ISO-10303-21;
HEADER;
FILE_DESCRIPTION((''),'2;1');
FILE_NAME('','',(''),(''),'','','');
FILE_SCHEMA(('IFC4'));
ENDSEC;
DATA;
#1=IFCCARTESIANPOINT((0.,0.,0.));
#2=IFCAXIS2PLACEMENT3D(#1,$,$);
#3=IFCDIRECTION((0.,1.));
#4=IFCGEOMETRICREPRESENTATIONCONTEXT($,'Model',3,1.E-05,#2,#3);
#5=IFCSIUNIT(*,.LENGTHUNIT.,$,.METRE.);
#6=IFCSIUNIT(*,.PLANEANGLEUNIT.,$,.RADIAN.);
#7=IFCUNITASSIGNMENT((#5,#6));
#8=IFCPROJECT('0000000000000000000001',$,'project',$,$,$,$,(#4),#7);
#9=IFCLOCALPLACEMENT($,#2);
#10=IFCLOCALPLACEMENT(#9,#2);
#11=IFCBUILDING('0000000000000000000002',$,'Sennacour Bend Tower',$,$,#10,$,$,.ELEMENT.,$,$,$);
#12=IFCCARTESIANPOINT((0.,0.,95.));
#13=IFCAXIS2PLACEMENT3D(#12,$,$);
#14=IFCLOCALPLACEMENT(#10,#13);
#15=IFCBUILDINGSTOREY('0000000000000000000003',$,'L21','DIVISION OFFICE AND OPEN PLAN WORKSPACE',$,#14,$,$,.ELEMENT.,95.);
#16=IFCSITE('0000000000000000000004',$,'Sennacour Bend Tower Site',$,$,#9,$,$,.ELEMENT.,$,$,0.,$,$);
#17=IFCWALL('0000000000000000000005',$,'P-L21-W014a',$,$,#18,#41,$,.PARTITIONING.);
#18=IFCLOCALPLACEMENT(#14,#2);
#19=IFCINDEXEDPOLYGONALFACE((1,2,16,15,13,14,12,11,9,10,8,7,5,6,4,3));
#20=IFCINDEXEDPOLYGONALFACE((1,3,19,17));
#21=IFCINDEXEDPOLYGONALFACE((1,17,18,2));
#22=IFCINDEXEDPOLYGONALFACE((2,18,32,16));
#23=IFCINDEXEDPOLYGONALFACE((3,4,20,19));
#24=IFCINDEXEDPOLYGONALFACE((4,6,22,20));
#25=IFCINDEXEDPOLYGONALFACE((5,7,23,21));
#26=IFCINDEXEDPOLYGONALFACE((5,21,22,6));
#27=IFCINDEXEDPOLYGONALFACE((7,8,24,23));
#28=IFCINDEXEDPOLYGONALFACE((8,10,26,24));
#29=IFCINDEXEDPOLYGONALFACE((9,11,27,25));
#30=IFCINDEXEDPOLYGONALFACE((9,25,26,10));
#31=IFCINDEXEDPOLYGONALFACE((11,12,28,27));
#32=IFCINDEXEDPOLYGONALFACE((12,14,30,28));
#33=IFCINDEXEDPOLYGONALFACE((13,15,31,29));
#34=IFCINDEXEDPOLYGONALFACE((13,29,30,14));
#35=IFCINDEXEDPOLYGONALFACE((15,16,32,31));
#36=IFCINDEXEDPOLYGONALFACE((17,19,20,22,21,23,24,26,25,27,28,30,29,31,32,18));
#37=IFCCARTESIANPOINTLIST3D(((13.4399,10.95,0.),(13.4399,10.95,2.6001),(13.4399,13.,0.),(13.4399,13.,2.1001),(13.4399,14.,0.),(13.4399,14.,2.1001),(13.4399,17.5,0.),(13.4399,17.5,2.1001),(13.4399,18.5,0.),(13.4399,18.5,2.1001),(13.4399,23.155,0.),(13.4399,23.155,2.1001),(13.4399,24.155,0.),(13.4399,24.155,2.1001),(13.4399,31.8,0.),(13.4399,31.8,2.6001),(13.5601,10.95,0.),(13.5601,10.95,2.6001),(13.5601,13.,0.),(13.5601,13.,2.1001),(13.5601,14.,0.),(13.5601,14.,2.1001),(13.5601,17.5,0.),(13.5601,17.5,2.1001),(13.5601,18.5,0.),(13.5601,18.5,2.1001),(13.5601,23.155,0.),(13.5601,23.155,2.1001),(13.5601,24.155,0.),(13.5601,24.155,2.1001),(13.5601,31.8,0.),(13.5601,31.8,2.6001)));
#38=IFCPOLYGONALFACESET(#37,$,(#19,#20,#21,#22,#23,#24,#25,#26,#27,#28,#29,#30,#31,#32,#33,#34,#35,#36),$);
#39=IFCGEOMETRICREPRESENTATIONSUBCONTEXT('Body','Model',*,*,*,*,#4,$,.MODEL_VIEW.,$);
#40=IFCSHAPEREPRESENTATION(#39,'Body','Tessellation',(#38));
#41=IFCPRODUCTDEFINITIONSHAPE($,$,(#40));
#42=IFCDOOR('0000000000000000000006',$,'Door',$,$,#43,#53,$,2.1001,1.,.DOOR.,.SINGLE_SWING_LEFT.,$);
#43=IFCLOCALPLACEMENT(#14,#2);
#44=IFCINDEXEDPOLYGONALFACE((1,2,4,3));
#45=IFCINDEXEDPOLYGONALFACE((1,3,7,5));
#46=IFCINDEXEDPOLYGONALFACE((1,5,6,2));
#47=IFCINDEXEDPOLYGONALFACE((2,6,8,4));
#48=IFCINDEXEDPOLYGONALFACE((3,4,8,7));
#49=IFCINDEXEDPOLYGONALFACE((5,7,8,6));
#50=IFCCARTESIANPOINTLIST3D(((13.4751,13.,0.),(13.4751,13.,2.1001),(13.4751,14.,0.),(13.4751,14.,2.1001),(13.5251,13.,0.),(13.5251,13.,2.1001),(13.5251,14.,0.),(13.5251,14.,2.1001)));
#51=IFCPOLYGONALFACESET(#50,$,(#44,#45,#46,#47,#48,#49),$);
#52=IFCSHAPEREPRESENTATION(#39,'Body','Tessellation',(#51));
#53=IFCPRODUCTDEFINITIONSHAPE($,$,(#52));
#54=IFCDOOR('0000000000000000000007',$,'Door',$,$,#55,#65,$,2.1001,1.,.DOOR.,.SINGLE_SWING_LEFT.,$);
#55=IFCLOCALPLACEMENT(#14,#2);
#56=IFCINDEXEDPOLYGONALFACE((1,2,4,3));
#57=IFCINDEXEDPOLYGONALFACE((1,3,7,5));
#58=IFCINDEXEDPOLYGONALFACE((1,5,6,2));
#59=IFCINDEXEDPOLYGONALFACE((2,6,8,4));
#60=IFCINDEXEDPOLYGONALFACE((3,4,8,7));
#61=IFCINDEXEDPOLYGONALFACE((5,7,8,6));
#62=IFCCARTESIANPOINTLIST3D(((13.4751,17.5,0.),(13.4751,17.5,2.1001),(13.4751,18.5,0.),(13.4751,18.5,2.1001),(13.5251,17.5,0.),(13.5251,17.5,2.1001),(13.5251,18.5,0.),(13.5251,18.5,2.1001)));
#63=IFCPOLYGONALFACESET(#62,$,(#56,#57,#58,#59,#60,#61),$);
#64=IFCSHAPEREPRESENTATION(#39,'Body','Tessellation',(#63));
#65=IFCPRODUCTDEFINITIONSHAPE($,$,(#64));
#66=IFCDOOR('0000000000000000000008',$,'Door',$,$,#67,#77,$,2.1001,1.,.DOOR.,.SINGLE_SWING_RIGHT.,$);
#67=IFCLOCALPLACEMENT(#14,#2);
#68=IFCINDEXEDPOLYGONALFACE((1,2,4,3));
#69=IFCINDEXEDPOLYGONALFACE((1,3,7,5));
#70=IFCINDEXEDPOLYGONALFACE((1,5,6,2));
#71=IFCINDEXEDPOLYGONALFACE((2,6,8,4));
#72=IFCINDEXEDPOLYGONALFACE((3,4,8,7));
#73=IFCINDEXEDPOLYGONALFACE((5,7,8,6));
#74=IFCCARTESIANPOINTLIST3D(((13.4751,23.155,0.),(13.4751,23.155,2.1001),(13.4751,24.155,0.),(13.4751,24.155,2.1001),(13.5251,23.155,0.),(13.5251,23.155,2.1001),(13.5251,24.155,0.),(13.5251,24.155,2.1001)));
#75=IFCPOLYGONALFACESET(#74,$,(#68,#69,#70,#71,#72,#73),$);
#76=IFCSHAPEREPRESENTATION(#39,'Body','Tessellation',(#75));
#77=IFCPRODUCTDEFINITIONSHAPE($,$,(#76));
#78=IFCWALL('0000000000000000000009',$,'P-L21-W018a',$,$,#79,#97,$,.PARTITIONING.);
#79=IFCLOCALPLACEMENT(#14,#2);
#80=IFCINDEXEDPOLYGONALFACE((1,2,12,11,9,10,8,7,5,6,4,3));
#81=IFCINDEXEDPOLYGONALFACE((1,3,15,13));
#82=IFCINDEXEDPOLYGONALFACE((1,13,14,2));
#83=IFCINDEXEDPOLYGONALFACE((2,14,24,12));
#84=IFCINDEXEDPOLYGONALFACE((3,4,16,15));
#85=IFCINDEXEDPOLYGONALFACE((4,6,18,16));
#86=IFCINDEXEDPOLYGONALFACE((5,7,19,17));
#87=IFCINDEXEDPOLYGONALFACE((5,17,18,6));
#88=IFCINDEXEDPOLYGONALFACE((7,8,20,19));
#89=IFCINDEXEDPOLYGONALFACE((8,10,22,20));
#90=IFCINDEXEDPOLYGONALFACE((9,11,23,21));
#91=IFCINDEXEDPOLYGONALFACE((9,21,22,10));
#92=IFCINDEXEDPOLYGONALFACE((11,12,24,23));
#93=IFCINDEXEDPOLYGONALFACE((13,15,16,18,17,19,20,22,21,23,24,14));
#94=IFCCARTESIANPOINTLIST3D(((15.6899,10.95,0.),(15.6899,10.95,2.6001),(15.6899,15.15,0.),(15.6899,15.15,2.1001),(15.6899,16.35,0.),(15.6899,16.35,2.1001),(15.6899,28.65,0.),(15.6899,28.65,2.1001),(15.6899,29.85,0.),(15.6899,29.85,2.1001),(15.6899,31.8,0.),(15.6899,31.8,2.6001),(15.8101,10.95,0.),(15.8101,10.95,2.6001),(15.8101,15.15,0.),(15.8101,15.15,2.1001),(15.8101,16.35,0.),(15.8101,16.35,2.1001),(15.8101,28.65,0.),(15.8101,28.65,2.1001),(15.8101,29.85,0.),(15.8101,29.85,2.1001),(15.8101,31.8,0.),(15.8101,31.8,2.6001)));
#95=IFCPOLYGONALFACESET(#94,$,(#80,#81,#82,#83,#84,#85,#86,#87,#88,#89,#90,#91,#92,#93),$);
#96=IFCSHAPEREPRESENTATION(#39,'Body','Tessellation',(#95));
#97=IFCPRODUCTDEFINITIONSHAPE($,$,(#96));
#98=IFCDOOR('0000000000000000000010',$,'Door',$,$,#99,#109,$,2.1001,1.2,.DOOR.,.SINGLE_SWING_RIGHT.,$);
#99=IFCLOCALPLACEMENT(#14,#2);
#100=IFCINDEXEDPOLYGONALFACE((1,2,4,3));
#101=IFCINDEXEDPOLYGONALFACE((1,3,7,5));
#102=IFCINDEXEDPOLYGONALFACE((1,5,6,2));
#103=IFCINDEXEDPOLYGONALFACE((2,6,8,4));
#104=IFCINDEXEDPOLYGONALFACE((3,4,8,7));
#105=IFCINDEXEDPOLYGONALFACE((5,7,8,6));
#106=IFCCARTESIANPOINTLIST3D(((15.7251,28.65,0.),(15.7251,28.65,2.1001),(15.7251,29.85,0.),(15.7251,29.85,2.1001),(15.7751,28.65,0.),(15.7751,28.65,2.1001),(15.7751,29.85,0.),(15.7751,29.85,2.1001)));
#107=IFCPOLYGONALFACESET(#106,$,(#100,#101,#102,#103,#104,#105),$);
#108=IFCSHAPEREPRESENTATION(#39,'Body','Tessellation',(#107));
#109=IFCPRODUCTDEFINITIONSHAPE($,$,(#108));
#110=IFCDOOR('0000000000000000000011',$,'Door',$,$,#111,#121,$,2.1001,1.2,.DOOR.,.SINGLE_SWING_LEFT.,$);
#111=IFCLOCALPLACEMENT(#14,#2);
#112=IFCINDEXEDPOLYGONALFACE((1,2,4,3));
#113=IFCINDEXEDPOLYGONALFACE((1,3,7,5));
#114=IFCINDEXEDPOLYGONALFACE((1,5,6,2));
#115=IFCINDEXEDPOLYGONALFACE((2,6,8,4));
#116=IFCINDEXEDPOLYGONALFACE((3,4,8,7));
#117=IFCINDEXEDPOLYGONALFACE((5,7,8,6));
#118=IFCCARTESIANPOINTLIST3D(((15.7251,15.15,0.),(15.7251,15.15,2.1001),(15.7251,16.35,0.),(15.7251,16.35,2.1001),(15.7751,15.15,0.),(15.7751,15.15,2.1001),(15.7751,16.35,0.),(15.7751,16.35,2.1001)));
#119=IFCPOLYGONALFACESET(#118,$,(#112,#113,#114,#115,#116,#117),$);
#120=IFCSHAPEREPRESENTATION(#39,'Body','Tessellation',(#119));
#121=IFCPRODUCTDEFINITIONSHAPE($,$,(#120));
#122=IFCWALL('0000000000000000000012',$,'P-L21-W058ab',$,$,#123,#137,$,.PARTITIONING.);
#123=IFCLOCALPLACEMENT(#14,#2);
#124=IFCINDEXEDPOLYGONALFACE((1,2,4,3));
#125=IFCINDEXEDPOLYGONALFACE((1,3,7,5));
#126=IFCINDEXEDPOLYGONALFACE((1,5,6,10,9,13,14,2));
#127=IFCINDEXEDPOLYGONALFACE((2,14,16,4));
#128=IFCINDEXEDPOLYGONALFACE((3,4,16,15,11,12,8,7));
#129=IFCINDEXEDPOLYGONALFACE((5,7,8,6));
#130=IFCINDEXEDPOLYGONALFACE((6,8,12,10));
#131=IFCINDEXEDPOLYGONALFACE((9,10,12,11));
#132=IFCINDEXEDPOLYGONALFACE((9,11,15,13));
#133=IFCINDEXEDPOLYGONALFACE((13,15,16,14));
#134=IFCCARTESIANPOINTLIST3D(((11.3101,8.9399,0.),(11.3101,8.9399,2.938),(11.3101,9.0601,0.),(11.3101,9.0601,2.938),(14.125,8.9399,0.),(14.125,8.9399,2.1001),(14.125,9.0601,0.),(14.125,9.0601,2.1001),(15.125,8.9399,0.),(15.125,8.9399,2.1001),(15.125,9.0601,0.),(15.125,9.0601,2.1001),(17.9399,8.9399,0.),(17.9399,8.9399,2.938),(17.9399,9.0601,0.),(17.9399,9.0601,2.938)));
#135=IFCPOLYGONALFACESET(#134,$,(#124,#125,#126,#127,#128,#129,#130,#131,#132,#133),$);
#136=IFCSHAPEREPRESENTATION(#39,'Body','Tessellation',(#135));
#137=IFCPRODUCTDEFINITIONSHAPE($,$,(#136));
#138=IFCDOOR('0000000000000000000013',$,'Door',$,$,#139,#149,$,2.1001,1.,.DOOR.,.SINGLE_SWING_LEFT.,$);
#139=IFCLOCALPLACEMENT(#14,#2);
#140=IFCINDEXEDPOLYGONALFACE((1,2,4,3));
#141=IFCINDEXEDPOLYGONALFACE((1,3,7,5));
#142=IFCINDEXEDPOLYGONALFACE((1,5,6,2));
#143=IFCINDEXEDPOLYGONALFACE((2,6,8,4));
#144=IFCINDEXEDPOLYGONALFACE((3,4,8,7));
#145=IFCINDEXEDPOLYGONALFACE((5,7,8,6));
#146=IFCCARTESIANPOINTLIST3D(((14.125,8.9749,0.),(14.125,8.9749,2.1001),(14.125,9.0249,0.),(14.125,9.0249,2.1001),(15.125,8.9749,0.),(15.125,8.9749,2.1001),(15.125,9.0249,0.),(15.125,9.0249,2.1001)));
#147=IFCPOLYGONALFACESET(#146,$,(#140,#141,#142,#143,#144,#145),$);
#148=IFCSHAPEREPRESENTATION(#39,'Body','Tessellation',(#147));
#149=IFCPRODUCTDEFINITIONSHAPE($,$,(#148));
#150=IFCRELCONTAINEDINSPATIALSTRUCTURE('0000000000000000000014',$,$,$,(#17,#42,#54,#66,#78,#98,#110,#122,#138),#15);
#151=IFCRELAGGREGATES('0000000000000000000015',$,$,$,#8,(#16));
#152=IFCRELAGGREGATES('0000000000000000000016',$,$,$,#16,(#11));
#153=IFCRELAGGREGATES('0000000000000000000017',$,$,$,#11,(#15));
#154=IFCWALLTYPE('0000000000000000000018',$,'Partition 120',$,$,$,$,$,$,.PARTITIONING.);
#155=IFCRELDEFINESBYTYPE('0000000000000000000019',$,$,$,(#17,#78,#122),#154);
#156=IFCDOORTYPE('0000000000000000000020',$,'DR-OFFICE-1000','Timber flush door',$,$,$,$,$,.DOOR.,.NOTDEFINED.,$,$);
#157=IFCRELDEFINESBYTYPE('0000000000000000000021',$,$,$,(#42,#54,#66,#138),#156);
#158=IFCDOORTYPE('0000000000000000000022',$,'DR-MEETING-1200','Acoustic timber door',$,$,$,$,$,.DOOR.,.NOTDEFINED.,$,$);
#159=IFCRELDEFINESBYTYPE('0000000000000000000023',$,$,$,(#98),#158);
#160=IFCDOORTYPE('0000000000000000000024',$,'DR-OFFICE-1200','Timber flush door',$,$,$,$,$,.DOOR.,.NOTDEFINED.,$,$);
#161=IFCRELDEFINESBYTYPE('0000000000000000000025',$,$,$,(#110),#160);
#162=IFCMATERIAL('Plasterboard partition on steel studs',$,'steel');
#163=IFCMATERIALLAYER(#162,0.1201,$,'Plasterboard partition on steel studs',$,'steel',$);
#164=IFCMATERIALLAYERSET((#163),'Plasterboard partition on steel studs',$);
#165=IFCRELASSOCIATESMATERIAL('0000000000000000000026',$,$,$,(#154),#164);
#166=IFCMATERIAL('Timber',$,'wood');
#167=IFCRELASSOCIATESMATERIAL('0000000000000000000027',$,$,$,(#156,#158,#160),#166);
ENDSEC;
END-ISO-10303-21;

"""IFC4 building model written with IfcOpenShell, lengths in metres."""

from ifc_helpers import new_model, si_unit, direction, frame, frame_2d, origin, place, context, subcontext, project, spatial, rectangle, extrude, material, layer, layer_set, type_object, element, fill, save


model = new_model("IFC4")

# Units and contexts
model_context = context("Model", 3, precision=1e-05, world=origin(), true_north=direction((0.0, 1.0)))
body_context = subcontext(model_context, "Body", "Model", "MODEL_VIEW")
ifc_project = project(units=[si_unit("LENGTHUNIT", "METRE"), si_unit("PLANEANGLEUNIT", "RADIAN")], contexts=[model_context])

# Site, building, storey
site_placement = place(None, origin())
site = spatial("IfcSite", under=ifc_project, at=site_placement, Name="Sennacour Bend Tower Site", CompositionType="ELEMENT", RefElevation=0.0)
building_placement = place(site_placement, origin())
building = spatial("IfcBuilding", under=site, at=building_placement, Name="Sennacour Bend Tower", CompositionType="ELEMENT")
storey_placement = place(building_placement, frame((0.0, 0.0, 95.0)))
storey = spatial("IfcBuildingStorey", under=building, at=storey_placement, Name="L21", Description="DIVISION OFFICE AND OPEN PLAN WORKSPACE", CompositionType="ELEMENT", Elevation=95.0)

# Walls, openings, doors
ifc_material_1 = material(Name="Plasterboard partition on steel studs", Category="steel")
ifc_layer_1 = layer(ifc_material_1, 0.1201, Name="Plasterboard partition on steel studs", Category="steel")
ifc_layer_set_1 = layer_set([ifc_layer_1], Name="Plasterboard partition on steel studs")
wall_type_1 = type_object("IfcWallType", Name="Partition 120", PredefinedType="PARTITIONING", material=ifc_layer_set_1)
wall_1_placement = place(storey_placement, frame((13.5, 10.95, 0.0), z_axis=(0.0, 0.0, 1.0), x_axis=(0.0, 1.0, 0.0)))
wall_1 = element("IfcWall", 1, at=wall_1_placement, inside=storey, type_object=wall_type_1, Name="P-L21-W014a", PredefinedType="PARTITIONING", context=body_context, shape_type="SweptSolid", body=[
    extrude(rectangle(XDim=20.8501, YDim=0.1201, at=frame_2d((10.425, 0.0))), origin(), (0.0, 0.0, 1.0), 2.6001),
])
opening_1_placement = place(wall_1_placement, frame((2.05, 0.0, 0.0)))
opening_1 = element("IfcOpeningElement", 2, at=opening_1_placement, cuts=wall_1, PredefinedType="OPENING", context=body_context, shape_type="SweptSolid", body=[
    extrude(rectangle(XDim=1.0, YDim=2.1001, at=frame_2d((0.5, 1.05))), frame((0.0, 0.0701, 0.0), z_axis=(0.0, -1.0, 0.0), x_axis=(1.0, 0.0, 0.0)), (0.0, 0.0, 1.0), 0.1401),
])
opening_2_placement = place(wall_1_placement, frame((6.55, 0.0, 0.0)))
opening_2 = element("IfcOpeningElement", 3, at=opening_2_placement, cuts=wall_1, PredefinedType="OPENING", context=body_context, shape_type="SweptSolid", body=[
    extrude(rectangle(XDim=1.0, YDim=2.1001, at=frame_2d((0.5, 1.05))), frame((0.0, 0.0701, 0.0), z_axis=(0.0, -1.0, 0.0), x_axis=(1.0, 0.0, 0.0)), (0.0, 0.0, 1.0), 0.1401),
])
opening_3_placement = place(wall_1_placement, frame((12.2051, 0.0, 0.0)))
opening_3 = element("IfcOpeningElement", 4, at=opening_3_placement, cuts=wall_1, PredefinedType="OPENING", context=body_context, shape_type="SweptSolid", body=[
    extrude(rectangle(XDim=1.0, YDim=2.1001, at=frame_2d((0.5, 1.05))), frame((0.0, 0.0701, 0.0), z_axis=(0.0, -1.0, 0.0), x_axis=(1.0, 0.0, 0.0)), (0.0, 0.0, 1.0), 0.1401),
])
ifc_material_2 = material(Name="Timber", Category="wood")
door_type_1 = type_object("IfcDoorType", Name="DR-OFFICE-1000", Description="Timber flush door", OperationType="NOTDEFINED", PredefinedType="DOOR", material=ifc_material_2)
door_1_placement = place(opening_1_placement, origin())
door_1 = element("IfcDoor", 5, at=door_1_placement, inside=storey, type_object=door_type_1, Name="Door", OperationType="SINGLE_SWING_LEFT", OverallHeight=2.1001, OverallWidth=1.0, PredefinedType="DOOR", context=body_context, shape_type="SweptSolid", body=[
    extrude(rectangle(XDim=1.0, YDim=2.1001, at=frame_2d((0.5, 1.05))), frame((0.0, 0.0249, 0.0), z_axis=(0.0, -1.0, 0.0), x_axis=(1.0, 0.0, 0.0)), (0.0, 0.0, 1.0), 0.05),
])
fill(opening_1, door_1)
door_2_placement = place(opening_2_placement, origin())
door_2 = element("IfcDoor", 6, at=door_2_placement, inside=storey, type_object=door_type_1, Name="Door", OperationType="SINGLE_SWING_LEFT", OverallHeight=2.1001, OverallWidth=1.0, PredefinedType="DOOR", context=body_context, shape_type="SweptSolid", body=[
    extrude(rectangle(XDim=1.0, YDim=2.1001, at=frame_2d((0.5, 1.05))), frame((0.0, 0.0249, 0.0), z_axis=(0.0, -1.0, 0.0), x_axis=(1.0, 0.0, 0.0)), (0.0, 0.0, 1.0), 0.05),
])
fill(opening_2, door_2)
door_3_placement = place(opening_3_placement, origin())
door_3 = element("IfcDoor", 7, at=door_3_placement, inside=storey, type_object=door_type_1, Name="Door", OperationType="SINGLE_SWING_RIGHT", OverallHeight=2.1001, OverallWidth=1.0, PredefinedType="DOOR", context=body_context, shape_type="SweptSolid", body=[
    extrude(rectangle(XDim=1.0, YDim=2.1001, at=frame_2d((0.5, 1.05))), frame((0.0, 0.0249, 0.0), z_axis=(0.0, -1.0, 0.0), x_axis=(1.0, 0.0, 0.0)), (0.0, 0.0, 1.0), 0.05),
])
fill(opening_3, door_3)
wall_2_placement = place(storey_placement, frame((15.75, 10.95, 0.0), z_axis=(0.0, 0.0, 1.0), x_axis=(0.0, 1.0, 0.0)))
wall_2 = element("IfcWall", 8, at=wall_2_placement, inside=storey, type_object=wall_type_1, Name="P-L21-W018a", PredefinedType="PARTITIONING", context=body_context, shape_type="SweptSolid", body=[
    extrude(rectangle(XDim=20.8501, YDim=0.1201, at=frame_2d((10.425, 0.0))), origin(), (0.0, 0.0, 1.0), 2.6001),
])
opening_4_placement = place(wall_2_placement, frame((17.7, 0.0, 0.0)))
opening_4 = element("IfcOpeningElement", 9, at=opening_4_placement, cuts=wall_2, PredefinedType="OPENING", context=body_context, shape_type="SweptSolid", body=[
    extrude(rectangle(XDim=1.2, YDim=2.1001, at=frame_2d((0.6001, 1.05))), frame((0.0, 0.0701, 0.0), z_axis=(0.0, -1.0, 0.0), x_axis=(1.0, 0.0, 0.0)), (0.0, 0.0, 1.0), 0.1401),
])
opening_5_placement = place(wall_2_placement, frame((4.2, 0.0, 0.0)))
opening_5 = element("IfcOpeningElement", 10, at=opening_5_placement, cuts=wall_2, PredefinedType="OPENING", context=body_context, shape_type="SweptSolid", body=[
    extrude(rectangle(XDim=1.2, YDim=2.1001, at=frame_2d((0.6001, 1.05))), frame((0.0, 0.0701, 0.0), z_axis=(0.0, -1.0, 0.0), x_axis=(1.0, 0.0, 0.0)), (0.0, 0.0, 1.0), 0.1401),
])
door_type_2 = type_object("IfcDoorType", Name="DR-MEETING-1200", Description="Acoustic timber door", OperationType="NOTDEFINED", PredefinedType="DOOR", material=ifc_material_2)
door_4_placement = place(opening_4_placement, origin())
door_4 = element("IfcDoor", 11, at=door_4_placement, inside=storey, type_object=door_type_2, Name="Door", OperationType="SINGLE_SWING_RIGHT", OverallHeight=2.1001, OverallWidth=1.2, PredefinedType="DOOR", context=body_context, shape_type="SweptSolid", body=[
    extrude(rectangle(XDim=1.2, YDim=2.1001, at=frame_2d((0.6001, 1.05))), frame((0.0, 0.0249, 0.0), z_axis=(0.0, -1.0, 0.0), x_axis=(1.0, 0.0, 0.0)), (0.0, 0.0, 1.0), 0.05),
])
fill(opening_4, door_4)
door_type_3 = type_object("IfcDoorType", Name="DR-OFFICE-1200", Description="Timber flush door", OperationType="NOTDEFINED", PredefinedType="DOOR", material=ifc_material_2)
door_5_placement = place(opening_5_placement, origin())
door_5 = element("IfcDoor", 12, at=door_5_placement, inside=storey, type_object=door_type_3, Name="Door", OperationType="SINGLE_SWING_LEFT", OverallHeight=2.1001, OverallWidth=1.2, PredefinedType="DOOR", context=body_context, shape_type="SweptSolid", body=[
    extrude(rectangle(XDim=1.2, YDim=2.1001, at=frame_2d((0.6001, 1.05))), frame((0.0, 0.0249, 0.0), z_axis=(0.0, -1.0, 0.0), x_axis=(1.0, 0.0, 0.0)), (0.0, 0.0, 1.0), 0.05),
])
fill(opening_5, door_5)

# Wall, opening, door
wall_3_placement = place(storey_placement, frame((11.3101, 9.0, 0.0), z_axis=(0.0, 0.0, 1.0), x_axis=(1.0, 0.0, 0.0)))
wall_3 = element("IfcWall", 13, at=wall_3_placement, inside=storey, type_object=wall_type_1, Name="P-L21-W058ab", PredefinedType="PARTITIONING", context=body_context, shape_type="SweptSolid", body=[
    extrude(rectangle(XDim=6.6299, YDim=0.1201, at=frame_2d((3.3149, 0.0))), origin(), (0.0, 0.0, 1.0), 2.938),
])
opening_6_placement = place(wall_3_placement, frame((2.8149, 0.0, 0.0)))
opening_6 = element("IfcOpeningElement", 14, at=opening_6_placement, cuts=wall_3, PredefinedType="OPENING", context=body_context, shape_type="SweptSolid", body=[
    extrude(rectangle(XDim=1.0, YDim=2.1001, at=frame_2d((0.5, 1.05))), frame((0.0, 0.0701, 0.0), z_axis=(0.0, -1.0, 0.0), x_axis=(1.0, 0.0, 0.0)), (0.0, 0.0, 1.0), 0.1401),
])
door_6_placement = place(opening_6_placement, origin())
door_6 = element("IfcDoor", 15, at=door_6_placement, inside=storey, type_object=door_type_1, Name="Door", OperationType="SINGLE_SWING_LEFT", OverallHeight=2.1001, OverallWidth=1.0, PredefinedType="DOOR", context=body_context, shape_type="SweptSolid", body=[
    extrude(rectangle(XDim=1.0, YDim=2.1001, at=frame_2d((0.5, 1.05))), frame((0.0, 0.0249, 0.0), z_axis=(0.0, -1.0, 0.0), x_axis=(1.0, 0.0, 0.0)), (0.0, 0.0, 1.0), 0.05),
])
fill(opening_6, door_6)

save(model, "model.ifc")
